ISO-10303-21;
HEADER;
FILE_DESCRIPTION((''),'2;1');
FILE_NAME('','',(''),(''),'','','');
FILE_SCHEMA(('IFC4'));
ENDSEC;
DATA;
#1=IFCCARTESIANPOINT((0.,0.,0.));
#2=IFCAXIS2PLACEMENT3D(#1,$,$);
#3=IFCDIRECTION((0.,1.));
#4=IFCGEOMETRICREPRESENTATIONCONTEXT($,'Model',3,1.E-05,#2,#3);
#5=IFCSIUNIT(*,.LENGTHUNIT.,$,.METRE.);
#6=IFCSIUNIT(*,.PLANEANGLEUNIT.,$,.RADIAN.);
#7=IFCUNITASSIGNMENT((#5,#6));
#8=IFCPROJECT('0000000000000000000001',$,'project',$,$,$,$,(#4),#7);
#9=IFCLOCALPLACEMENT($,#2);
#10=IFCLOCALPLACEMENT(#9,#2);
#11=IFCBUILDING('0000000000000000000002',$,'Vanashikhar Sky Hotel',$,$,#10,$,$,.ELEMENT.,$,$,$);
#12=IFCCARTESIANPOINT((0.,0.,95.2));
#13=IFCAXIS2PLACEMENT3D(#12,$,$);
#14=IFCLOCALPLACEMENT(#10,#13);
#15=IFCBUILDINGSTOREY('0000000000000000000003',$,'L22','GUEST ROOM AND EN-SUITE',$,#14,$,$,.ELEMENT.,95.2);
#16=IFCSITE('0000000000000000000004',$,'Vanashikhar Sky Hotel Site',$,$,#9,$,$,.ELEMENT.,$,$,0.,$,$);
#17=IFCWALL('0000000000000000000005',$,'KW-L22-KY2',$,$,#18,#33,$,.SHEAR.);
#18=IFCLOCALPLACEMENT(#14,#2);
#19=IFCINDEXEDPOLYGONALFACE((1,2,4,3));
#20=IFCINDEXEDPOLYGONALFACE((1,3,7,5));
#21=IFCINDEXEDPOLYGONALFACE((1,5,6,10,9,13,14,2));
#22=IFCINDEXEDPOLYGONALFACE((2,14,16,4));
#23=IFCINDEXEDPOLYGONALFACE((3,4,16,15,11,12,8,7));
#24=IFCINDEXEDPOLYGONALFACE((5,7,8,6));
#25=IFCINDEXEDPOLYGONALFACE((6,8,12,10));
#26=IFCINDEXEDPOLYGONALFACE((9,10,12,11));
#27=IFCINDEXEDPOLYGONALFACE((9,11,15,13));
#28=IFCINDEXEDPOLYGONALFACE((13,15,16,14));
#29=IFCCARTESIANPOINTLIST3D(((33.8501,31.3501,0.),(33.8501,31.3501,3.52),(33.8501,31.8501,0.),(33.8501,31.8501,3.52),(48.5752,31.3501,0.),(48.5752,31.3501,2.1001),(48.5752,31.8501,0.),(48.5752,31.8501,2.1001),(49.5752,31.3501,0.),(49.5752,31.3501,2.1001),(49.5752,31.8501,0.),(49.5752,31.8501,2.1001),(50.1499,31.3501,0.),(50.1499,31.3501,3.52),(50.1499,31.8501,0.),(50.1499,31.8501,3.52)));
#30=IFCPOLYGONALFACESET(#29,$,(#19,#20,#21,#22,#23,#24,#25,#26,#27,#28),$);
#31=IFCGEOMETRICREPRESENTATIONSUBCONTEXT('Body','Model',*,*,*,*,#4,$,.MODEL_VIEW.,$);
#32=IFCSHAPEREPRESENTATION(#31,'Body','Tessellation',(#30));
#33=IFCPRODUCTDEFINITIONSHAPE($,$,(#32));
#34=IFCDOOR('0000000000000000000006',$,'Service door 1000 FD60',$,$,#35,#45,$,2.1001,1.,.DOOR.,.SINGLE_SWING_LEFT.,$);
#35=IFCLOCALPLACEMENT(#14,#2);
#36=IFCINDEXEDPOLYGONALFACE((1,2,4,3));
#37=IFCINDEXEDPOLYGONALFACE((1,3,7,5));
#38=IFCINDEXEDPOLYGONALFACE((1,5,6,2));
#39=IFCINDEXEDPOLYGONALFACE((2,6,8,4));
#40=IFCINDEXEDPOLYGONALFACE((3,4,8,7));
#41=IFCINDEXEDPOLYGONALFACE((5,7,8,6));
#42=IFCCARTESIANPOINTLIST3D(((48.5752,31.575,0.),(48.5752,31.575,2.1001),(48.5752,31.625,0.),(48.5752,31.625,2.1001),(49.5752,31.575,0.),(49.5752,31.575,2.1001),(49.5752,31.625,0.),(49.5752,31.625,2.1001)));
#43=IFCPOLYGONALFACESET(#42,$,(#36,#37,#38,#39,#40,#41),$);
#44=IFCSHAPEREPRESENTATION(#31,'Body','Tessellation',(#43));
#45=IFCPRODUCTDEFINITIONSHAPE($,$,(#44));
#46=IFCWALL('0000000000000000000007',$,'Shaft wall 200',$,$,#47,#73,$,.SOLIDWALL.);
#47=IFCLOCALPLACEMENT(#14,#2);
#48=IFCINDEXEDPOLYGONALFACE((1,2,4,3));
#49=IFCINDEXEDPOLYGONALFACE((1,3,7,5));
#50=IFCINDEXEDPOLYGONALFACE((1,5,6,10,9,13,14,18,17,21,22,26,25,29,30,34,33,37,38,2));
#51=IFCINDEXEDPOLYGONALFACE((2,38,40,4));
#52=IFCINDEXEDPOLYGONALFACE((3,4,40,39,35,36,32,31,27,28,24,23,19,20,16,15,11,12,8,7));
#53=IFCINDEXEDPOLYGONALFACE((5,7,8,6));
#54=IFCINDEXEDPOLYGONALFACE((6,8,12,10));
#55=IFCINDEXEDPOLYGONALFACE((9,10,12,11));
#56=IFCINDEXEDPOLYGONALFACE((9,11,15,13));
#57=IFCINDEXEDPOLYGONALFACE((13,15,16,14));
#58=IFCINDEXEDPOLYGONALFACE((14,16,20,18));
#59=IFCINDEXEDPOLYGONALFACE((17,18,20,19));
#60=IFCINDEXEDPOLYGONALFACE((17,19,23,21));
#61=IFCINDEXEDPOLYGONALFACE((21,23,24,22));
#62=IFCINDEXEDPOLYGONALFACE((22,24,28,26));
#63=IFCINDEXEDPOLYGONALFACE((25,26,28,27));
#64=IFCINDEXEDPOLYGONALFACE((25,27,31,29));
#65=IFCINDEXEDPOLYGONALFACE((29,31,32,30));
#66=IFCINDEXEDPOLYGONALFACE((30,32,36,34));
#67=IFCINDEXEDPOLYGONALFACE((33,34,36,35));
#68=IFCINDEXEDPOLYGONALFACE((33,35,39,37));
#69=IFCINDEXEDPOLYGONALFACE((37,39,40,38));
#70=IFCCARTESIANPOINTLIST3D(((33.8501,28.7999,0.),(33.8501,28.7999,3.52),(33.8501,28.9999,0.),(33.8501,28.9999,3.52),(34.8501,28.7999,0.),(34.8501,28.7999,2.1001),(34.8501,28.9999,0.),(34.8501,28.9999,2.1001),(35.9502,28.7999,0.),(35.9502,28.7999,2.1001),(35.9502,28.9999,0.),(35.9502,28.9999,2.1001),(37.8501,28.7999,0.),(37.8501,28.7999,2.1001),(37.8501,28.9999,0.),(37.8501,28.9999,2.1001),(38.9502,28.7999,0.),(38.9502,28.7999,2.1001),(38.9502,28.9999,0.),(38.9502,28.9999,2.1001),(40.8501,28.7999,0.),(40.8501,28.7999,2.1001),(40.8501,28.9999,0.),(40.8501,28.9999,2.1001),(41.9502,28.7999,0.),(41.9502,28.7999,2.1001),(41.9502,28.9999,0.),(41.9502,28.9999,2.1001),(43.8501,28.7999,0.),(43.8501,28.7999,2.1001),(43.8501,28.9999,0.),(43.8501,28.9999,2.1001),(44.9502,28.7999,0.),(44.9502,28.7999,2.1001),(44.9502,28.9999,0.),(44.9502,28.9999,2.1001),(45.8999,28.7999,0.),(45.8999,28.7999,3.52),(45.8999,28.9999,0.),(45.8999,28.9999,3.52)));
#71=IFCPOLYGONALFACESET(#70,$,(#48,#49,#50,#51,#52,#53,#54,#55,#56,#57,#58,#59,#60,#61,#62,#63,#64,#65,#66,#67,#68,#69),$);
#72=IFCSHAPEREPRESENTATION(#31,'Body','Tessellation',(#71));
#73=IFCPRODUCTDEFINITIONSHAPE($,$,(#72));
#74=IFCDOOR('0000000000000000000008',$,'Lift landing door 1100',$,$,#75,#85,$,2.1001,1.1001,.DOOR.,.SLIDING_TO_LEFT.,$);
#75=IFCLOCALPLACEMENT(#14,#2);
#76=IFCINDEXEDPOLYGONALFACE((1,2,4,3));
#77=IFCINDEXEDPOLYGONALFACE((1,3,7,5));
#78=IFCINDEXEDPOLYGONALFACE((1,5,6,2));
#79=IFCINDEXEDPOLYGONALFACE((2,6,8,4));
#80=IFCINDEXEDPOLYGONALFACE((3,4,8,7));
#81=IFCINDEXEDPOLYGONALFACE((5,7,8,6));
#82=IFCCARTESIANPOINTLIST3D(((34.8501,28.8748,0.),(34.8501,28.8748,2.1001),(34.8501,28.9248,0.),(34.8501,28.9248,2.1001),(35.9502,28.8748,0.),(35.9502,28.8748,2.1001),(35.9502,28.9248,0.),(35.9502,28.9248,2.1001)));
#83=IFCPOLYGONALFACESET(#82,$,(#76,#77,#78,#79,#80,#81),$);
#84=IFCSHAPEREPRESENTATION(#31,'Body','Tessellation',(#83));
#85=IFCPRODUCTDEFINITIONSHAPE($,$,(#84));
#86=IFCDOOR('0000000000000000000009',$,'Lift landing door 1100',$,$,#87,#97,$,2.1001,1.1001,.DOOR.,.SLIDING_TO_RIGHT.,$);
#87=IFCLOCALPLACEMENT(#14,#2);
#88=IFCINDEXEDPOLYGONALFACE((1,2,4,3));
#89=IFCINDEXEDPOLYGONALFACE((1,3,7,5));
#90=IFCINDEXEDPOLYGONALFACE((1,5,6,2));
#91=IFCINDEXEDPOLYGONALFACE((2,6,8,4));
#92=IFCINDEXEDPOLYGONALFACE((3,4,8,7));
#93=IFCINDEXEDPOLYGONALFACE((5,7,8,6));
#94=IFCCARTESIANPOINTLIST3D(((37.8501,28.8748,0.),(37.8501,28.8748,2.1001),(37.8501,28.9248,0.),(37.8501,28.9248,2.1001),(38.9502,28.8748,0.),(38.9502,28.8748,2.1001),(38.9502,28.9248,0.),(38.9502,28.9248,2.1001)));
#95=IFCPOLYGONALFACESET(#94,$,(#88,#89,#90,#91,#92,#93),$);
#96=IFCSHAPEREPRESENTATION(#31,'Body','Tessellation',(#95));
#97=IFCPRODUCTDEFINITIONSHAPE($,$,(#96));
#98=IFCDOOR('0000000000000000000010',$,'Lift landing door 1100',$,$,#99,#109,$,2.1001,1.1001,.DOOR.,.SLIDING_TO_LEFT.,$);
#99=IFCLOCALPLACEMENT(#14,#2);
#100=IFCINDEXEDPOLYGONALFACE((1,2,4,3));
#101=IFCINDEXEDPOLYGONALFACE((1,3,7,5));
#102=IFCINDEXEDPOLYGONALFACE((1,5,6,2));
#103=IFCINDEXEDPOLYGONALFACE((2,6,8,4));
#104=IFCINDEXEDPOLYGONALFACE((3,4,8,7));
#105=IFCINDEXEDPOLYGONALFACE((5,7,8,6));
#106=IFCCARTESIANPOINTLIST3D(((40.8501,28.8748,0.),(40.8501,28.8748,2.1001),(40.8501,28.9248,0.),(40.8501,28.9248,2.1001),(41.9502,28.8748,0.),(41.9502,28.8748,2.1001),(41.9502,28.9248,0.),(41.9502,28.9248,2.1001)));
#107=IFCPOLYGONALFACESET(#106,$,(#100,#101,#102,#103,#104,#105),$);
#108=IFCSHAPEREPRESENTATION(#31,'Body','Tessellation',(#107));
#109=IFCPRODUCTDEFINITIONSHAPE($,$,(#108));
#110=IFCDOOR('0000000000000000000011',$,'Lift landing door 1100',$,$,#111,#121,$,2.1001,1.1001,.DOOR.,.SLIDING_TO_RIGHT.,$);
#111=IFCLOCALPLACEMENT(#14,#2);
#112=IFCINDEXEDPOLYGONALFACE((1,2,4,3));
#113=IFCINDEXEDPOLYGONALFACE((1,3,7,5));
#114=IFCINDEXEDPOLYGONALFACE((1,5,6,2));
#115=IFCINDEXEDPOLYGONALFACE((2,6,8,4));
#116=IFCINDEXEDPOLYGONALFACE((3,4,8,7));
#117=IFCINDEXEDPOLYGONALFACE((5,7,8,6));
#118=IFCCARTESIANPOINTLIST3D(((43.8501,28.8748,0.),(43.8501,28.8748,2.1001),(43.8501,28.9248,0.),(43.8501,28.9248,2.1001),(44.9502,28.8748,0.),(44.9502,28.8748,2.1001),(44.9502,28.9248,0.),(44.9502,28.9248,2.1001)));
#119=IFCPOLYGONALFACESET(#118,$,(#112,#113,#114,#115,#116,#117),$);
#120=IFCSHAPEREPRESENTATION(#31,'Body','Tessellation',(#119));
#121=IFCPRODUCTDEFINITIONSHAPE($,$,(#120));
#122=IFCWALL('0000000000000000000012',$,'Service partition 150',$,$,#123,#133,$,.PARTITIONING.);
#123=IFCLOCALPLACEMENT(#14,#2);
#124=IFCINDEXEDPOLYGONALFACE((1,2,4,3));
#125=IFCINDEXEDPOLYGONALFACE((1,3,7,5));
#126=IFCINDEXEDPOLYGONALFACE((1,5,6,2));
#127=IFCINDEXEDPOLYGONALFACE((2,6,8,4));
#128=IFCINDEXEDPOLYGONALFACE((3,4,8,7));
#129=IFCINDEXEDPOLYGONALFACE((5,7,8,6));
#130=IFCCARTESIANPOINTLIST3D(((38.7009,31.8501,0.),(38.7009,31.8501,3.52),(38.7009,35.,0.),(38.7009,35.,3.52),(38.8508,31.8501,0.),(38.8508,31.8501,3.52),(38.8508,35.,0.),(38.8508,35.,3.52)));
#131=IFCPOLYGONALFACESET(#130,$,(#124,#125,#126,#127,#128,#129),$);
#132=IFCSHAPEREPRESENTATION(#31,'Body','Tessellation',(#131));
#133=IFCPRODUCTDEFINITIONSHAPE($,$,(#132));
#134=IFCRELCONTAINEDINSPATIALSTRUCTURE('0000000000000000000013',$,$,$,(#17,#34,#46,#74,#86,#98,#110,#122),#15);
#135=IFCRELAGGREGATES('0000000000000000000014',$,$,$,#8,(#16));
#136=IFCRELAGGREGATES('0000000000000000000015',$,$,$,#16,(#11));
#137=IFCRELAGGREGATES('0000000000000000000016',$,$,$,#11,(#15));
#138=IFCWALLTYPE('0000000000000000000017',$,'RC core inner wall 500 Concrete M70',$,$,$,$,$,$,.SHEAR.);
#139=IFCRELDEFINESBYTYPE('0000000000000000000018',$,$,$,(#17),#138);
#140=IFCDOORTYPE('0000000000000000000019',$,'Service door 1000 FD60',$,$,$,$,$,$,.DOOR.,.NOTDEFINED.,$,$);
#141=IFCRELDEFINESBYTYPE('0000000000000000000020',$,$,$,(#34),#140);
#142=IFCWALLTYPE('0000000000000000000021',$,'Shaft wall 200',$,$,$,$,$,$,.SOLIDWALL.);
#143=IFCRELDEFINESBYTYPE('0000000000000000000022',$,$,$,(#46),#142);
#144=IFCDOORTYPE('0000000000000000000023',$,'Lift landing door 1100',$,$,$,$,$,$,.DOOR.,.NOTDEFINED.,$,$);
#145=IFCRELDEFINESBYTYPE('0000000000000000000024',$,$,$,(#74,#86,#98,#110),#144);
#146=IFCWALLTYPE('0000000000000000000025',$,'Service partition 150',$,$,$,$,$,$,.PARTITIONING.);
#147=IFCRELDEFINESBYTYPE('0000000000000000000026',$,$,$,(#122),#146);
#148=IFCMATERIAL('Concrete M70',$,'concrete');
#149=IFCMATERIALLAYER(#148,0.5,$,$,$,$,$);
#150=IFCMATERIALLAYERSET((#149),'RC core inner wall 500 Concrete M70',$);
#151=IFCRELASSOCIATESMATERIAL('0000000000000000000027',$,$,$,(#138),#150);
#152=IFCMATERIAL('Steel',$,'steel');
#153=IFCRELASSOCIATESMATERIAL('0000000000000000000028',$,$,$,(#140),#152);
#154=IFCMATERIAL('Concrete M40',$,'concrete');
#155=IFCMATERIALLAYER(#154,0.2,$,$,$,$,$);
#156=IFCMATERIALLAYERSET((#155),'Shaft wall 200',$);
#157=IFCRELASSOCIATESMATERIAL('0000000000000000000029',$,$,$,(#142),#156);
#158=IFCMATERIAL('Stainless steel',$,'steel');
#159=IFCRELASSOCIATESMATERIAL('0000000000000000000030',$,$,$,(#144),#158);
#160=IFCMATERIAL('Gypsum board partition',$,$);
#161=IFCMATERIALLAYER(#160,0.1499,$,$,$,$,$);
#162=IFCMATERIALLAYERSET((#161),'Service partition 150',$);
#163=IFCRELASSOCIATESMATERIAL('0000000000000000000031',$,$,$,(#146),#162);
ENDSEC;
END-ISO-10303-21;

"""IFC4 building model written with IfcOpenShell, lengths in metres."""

from ifc_helpers import new_model, si_unit, direction, frame, frame_2d, origin, place, context, subcontext, project, spatial, rectangle, extrude, source, transform, mapped, material, layer, layer_set, type_object, element, fill, save


model = new_model("IFC4")

# Units and contexts
model_context = context("Model", 3, precision=1e-05, world=origin(), true_north=direction((0.0, 1.0)))
body_context = subcontext(model_context, "Body", "Model", "MODEL_VIEW")
ifc_project = project(units=[si_unit("LENGTHUNIT", "METRE"), si_unit("PLANEANGLEUNIT", "RADIAN")], contexts=[model_context])

# Site, building, storey
site_placement = place(None, origin())
site = spatial("IfcSite", under=ifc_project, at=site_placement, Name="Vanashikhar Sky Hotel Site", CompositionType="ELEMENT", RefElevation=0.0)
building_placement = place(site_placement, origin())
building = spatial("IfcBuilding", under=site, at=building_placement, Name="Vanashikhar Sky Hotel", CompositionType="ELEMENT")
storey_placement = place(building_placement, frame((0.0, 0.0, 95.2)))
storey = spatial("IfcBuildingStorey", under=building, at=storey_placement, Name="L22", Description="GUEST ROOM AND EN-SUITE", CompositionType="ELEMENT", Elevation=95.2)

# Wall, opening, door
ifc_material_1 = material(Name="Concrete M70", Category="concrete")
ifc_layer_1 = layer(ifc_material_1, 0.5)
ifc_layer_set_1 = layer_set([ifc_layer_1], Name="RC core inner wall 500 Concrete M70")
wall_type_1 = type_object("IfcWallType", Name="RC core inner wall 500 Concrete M70", PredefinedType="SHEAR", material=ifc_layer_set_1)
shared_shape_1 = source(origin(), body_context, "Body", "SweptSolid", [
    extrude(rectangle(XDim=16.2998, YDim=0.5, at=frame_2d((8.1499, 0.0))), origin(), (0.0, 0.0, 1.0), 3.52),
])
wall_1_placement = place(storey_placement, frame((33.8501, 31.6001, 0.0), z_axis=(0.0, 0.0, 1.0), x_axis=(1.0, 0.0, 0.0)))
wall_1 = element("IfcWall", 1, at=wall_1_placement, inside=storey, type_object=wall_type_1, Name="KW-L22-KY2", PredefinedType="SHEAR", context=body_context, shape_type="MappedRepresentation", body=[
    mapped(shared_shape_1, transform((0.0, 0.0, 0.0), scale=1.0)),
])
shared_shape_2 = source(origin(), body_context, "Body", "SweptSolid", [
    extrude(rectangle(XDim=1.0, YDim=2.1001, at=frame_2d((0.5, 1.05))), frame((0.0, 0.26, 0.0), z_axis=(0.0, -1.0, 0.0), x_axis=(1.0, 0.0, 0.0)), (0.0, 0.0, 1.0), 0.52),
])
opening_1_placement = place(wall_1_placement, frame((14.7251, 0.0, 0.0)))
opening_1 = element("IfcOpeningElement", 2, at=opening_1_placement, cuts=wall_1, PredefinedType="OPENING", context=body_context, shape_type="MappedRepresentation", body=[
    mapped(shared_shape_2, transform((0.0, 0.0, 0.0), scale=1.0)),
])
ifc_material_2 = material(Name="Steel", Category="steel")
door_type_1 = type_object("IfcDoorType", Name="Service door 1000 FD60", OperationType="NOTDEFINED", PredefinedType="DOOR", material=ifc_material_2)
shared_shape_3 = source(origin(), body_context, "Body", "SweptSolid", [
    extrude(rectangle(XDim=1.0, YDim=2.1001, at=frame_2d((0.5, 1.05))), frame((0.0, 0.0249, 0.0), z_axis=(0.0, -1.0, 0.0), x_axis=(1.0, 0.0, 0.0)), (0.0, 0.0, 1.0), 0.05),
])
door_1_placement = place(opening_1_placement, origin())
door_1 = element("IfcDoor", 3, at=door_1_placement, inside=storey, type_object=door_type_1, Name="Service door 1000 FD60", OperationType="SINGLE_SWING_LEFT", OverallHeight=2.1001, OverallWidth=1.0, PredefinedType="DOOR", context=body_context, shape_type="MappedRepresentation", body=[
    mapped(shared_shape_3, transform((0.0, 0.0, 0.0), scale=1.0)),
])
fill(opening_1, door_1)

# Wall, openings, doors
ifc_material_3 = material(Name="Concrete M40", Category="concrete")
ifc_layer_2 = layer(ifc_material_3, 0.2)
ifc_layer_set_2 = layer_set([ifc_layer_2], Name="Shaft wall 200")
wall_type_2 = type_object("IfcWallType", Name="Shaft wall 200", PredefinedType="SOLIDWALL", material=ifc_layer_set_2)
shared_shape_4 = source(origin(), body_context, "Body", "SweptSolid", [
    extrude(rectangle(XDim=12.0498, YDim=0.2, at=frame_2d((6.0249, 0.0))), origin(), (0.0, 0.0, 1.0), 3.52),
])
wall_2_placement = place(storey_placement, frame((33.8501, 28.8999, 0.0), z_axis=(0.0, 0.0, 1.0), x_axis=(1.0, 0.0, 0.0)))
wall_2 = element("IfcWall", 4, at=wall_2_placement, inside=storey, type_object=wall_type_2, Name="Shaft wall 200", PredefinedType="SOLIDWALL", context=body_context, shape_type="MappedRepresentation", body=[
    mapped(shared_shape_4, transform((0.0, 0.0, 0.0), scale=1.0)),
])
shared_shape_5 = source(origin(), body_context, "Body", "SweptSolid", [
    extrude(rectangle(XDim=1.1001, YDim=2.1001, at=frame_2d((0.55, 1.05))), frame((0.0, 0.1099, 0.0), z_axis=(0.0, -1.0, 0.0), x_axis=(1.0, 0.0, 0.0)), (0.0, 0.0, 1.0), 0.22),
])
opening_2_placement = place(wall_2_placement, frame((1.0, 0.0, 0.0)))
opening_2 = element("IfcOpeningElement", 5, at=opening_2_placement, cuts=wall_2, PredefinedType="OPENING", context=body_context, shape_type="MappedRepresentation", body=[
    mapped(shared_shape_5, transform((0.0, 0.0, 0.0), scale=1.0)),
])
opening_3_placement = place(wall_2_placement, frame((4.0, 0.0, 0.0)))
opening_3 = element("IfcOpeningElement", 6, at=opening_3_placement, cuts=wall_2, PredefinedType="OPENING", context=body_context, shape_type="MappedRepresentation", body=[
    mapped(shared_shape_5, transform((0.0, 0.0, 0.0), scale=1.0)),
])
opening_4_placement = place(wall_2_placement, frame((7.0, 0.0, 0.0)))
opening_4 = element("IfcOpeningElement", 7, at=opening_4_placement, cuts=wall_2, PredefinedType="OPENING", context=body_context, shape_type="MappedRepresentation", body=[
    mapped(shared_shape_5, transform((0.0, 0.0, 0.0), scale=1.0)),
])
opening_5_placement = place(wall_2_placement, frame((10.0, 0.0, 0.0)))
opening_5 = element("IfcOpeningElement", 8, at=opening_5_placement, cuts=wall_2, PredefinedType="OPENING", context=body_context, shape_type="MappedRepresentation", body=[
    mapped(shared_shape_5, transform((0.0, 0.0, 0.0), scale=1.0)),
])
ifc_material_4 = material(Name="Stainless steel", Category="steel")
door_type_2 = type_object("IfcDoorType", Name="Lift landing door 1100", OperationType="NOTDEFINED", PredefinedType="DOOR", material=ifc_material_4)
shared_shape_6 = source(origin(), body_context, "Body", "SweptSolid", [
    extrude(rectangle(XDim=1.1001, YDim=2.1001, at=frame_2d((0.55, 1.05))), frame((0.0, 0.0249, 0.0), z_axis=(0.0, -1.0, 0.0), x_axis=(1.0, 0.0, 0.0)), (0.0, 0.0, 1.0), 0.05),
])
door_2_placement = place(opening_2_placement, origin())
door_2 = element("IfcDoor", 9, at=door_2_placement, inside=storey, type_object=door_type_2, Name="Lift landing door 1100", OperationType="SLIDING_TO_LEFT", OverallHeight=2.1001, OverallWidth=1.1001, PredefinedType="DOOR", context=body_context, shape_type="MappedRepresentation", body=[
    mapped(shared_shape_6, transform((0.0, 0.0, 0.0), scale=1.0)),
])
fill(opening_2, door_2)
door_3_placement = place(opening_3_placement, origin())
door_3 = element("IfcDoor", 10, at=door_3_placement, inside=storey, type_object=door_type_2, Name="Lift landing door 1100", OperationType="SLIDING_TO_RIGHT", OverallHeight=2.1001, OverallWidth=1.1001, PredefinedType="DOOR", context=body_context, shape_type="MappedRepresentation", body=[
    mapped(shared_shape_6, transform((0.0, 0.0, 0.0), scale=1.0)),
])
fill(opening_3, door_3)
door_4_placement = place(opening_4_placement, origin())
door_4 = element("IfcDoor", 11, at=door_4_placement, inside=storey, type_object=door_type_2, Name="Lift landing door 1100", OperationType="SLIDING_TO_LEFT", OverallHeight=2.1001, OverallWidth=1.1001, PredefinedType="DOOR", context=body_context, shape_type="MappedRepresentation", body=[
    mapped(shared_shape_6, transform((0.0, 0.0, 0.0), scale=1.0)),
])
fill(opening_4, door_4)
door_5_placement = place(opening_5_placement, origin())
door_5 = element("IfcDoor", 12, at=door_5_placement, inside=storey, type_object=door_type_2, Name="Lift landing door 1100", OperationType="SLIDING_TO_RIGHT", OverallHeight=2.1001, OverallWidth=1.1001, PredefinedType="DOOR", context=body_context, shape_type="MappedRepresentation", body=[
    mapped(shared_shape_6, transform((0.0, 0.0, 0.0), scale=1.0)),
])
fill(opening_5, door_5)

# Wall
ifc_material_5 = material(Name="Gypsum board partition")
ifc_layer_3 = layer(ifc_material_5, 0.1499)
ifc_layer_set_3 = layer_set([ifc_layer_3], Name="Service partition 150")
wall_type_3 = type_object("IfcWallType", Name="Service partition 150", PredefinedType="PARTITIONING", material=ifc_layer_set_3)
shared_shape_7 = source(origin(), body_context, "Body", "SweptSolid", [
    extrude(rectangle(XDim=3.1499, YDim=0.1499, at=frame_2d((1.575, 0.0))), origin(), (0.0, 0.0, 1.0), 3.52),
])
wall_3_placement = place(storey_placement, frame((38.7759, 31.8501, 0.0), z_axis=(0.0, 0.0, 1.0), x_axis=(0.0, 1.0, 0.0)))
element("IfcWall", 13, at=wall_3_placement, inside=storey, type_object=wall_type_3, Name="Service partition 150", PredefinedType="PARTITIONING", context=body_context, shape_type="MappedRepresentation", body=[
    mapped(shared_shape_7, transform((0.0, 0.0, 0.0), scale=1.0)),
])

save(model, "model.ifc")
